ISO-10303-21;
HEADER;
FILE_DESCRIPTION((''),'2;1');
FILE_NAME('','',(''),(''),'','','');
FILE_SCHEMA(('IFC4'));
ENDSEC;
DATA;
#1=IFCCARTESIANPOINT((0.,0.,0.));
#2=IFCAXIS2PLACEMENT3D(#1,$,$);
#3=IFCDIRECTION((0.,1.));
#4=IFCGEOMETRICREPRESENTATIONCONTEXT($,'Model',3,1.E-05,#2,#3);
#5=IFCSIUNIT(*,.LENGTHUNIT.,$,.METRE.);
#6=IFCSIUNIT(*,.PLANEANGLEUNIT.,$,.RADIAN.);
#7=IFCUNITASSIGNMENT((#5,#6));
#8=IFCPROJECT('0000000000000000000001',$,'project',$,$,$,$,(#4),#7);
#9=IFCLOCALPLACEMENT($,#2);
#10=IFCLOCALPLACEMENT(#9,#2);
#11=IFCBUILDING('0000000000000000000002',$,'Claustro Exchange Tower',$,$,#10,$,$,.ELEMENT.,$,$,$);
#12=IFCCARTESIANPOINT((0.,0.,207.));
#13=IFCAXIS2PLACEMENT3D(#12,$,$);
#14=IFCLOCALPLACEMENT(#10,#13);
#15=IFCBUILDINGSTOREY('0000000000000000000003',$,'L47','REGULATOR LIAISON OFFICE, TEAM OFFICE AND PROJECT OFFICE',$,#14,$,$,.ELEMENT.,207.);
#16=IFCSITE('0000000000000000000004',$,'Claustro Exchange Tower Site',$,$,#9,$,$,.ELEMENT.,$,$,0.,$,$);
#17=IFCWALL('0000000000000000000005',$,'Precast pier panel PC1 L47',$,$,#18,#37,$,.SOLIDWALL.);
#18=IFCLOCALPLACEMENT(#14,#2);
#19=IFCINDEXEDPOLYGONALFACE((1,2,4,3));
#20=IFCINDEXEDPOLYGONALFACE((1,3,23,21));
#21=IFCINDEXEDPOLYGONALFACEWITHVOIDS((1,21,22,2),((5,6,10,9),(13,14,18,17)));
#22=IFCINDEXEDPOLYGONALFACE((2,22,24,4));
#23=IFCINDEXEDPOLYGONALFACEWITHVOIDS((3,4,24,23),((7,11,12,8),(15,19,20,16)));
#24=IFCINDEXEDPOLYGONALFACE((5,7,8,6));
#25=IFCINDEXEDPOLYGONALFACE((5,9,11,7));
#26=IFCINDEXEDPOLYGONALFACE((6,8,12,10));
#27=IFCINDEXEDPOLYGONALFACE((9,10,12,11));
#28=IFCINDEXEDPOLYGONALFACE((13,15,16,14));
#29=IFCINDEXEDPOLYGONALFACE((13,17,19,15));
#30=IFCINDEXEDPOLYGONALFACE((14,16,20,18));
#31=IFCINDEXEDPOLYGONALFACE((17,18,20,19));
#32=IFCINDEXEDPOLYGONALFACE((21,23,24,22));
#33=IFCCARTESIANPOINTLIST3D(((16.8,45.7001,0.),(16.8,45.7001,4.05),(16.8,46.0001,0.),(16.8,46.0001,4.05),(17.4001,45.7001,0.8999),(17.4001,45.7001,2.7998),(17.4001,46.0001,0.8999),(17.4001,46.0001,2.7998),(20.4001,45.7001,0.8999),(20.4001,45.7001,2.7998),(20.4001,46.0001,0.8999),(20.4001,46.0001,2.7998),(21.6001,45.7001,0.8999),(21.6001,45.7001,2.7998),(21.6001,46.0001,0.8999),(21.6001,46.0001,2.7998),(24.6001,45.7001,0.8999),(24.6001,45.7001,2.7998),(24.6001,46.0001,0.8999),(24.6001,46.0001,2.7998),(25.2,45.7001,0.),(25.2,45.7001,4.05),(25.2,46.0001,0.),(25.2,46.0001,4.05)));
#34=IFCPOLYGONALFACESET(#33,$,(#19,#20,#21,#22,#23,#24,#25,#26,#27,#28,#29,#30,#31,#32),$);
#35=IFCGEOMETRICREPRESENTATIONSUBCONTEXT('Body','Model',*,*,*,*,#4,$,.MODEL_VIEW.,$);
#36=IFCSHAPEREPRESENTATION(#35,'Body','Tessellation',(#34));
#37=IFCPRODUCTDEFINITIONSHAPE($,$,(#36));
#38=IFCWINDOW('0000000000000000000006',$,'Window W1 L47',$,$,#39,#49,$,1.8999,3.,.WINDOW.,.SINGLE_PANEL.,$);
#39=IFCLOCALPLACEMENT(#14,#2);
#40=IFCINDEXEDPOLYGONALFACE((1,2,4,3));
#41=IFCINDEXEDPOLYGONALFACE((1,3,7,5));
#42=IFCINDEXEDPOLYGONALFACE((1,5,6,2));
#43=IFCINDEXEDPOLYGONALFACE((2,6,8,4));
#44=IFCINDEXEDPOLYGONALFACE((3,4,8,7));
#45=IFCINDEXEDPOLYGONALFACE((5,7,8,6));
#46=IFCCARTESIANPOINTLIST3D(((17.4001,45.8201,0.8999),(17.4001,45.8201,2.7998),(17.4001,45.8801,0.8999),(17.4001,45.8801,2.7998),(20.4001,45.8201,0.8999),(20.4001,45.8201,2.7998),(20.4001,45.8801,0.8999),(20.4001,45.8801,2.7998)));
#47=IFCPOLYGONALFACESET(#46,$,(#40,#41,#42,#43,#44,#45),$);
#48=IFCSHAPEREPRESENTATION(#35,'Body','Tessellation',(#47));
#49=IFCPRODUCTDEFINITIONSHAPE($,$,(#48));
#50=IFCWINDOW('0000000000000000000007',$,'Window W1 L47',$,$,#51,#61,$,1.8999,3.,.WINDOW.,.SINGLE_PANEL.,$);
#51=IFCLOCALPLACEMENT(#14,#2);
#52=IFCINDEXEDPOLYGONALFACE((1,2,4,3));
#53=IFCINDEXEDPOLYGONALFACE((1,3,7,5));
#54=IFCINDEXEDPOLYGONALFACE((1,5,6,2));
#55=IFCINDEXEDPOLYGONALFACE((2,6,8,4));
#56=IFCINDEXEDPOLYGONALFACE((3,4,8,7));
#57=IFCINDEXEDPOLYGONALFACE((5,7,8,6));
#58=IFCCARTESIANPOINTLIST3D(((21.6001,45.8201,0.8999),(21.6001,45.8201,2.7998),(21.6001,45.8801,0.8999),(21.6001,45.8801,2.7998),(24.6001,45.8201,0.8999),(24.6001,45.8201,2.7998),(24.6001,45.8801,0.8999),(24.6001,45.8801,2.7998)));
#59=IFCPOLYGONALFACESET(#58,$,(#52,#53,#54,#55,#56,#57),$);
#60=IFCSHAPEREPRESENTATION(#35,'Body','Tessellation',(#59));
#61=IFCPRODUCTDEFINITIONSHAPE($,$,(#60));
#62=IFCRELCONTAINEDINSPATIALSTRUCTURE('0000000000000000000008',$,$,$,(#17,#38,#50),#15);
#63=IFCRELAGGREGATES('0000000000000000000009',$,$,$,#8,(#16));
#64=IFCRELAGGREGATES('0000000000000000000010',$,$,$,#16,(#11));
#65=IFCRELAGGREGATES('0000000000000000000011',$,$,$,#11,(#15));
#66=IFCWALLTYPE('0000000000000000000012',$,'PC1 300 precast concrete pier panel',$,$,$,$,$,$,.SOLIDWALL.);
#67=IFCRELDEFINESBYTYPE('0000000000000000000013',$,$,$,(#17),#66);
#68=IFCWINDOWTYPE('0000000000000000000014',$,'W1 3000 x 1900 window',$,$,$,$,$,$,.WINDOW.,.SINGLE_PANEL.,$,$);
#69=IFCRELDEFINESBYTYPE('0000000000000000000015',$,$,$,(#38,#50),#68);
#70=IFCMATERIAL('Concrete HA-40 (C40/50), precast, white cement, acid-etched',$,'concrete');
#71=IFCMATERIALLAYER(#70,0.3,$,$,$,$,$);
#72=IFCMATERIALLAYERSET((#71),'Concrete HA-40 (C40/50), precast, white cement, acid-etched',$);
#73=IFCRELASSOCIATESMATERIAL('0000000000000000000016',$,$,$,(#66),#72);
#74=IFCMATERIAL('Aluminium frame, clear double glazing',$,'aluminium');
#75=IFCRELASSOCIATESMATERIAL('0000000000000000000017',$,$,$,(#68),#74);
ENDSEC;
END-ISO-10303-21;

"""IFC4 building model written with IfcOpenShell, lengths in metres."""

from ifc_helpers import new_model, si_unit, direction, frame, frame_2d, origin, place, context, subcontext, project, spatial, rectangle, extrude, material, layer, layer_set, type_object, element, fill, save


model = new_model("IFC4")

# Units and contexts
model_context = context("Model", 3, precision=1e-05, world=origin(), true_north=direction((0.0, 1.0)))
body_context = subcontext(model_context, "Body", "Model", "MODEL_VIEW")
ifc_project = project(units=[si_unit("LENGTHUNIT", "METRE"), si_unit("PLANEANGLEUNIT", "RADIAN")], contexts=[model_context])

# Site, building, storey
site_placement = place(None, origin())
site = spatial("IfcSite", under=ifc_project, at=site_placement, Name="Claustro Exchange Tower Site", CompositionType="ELEMENT", RefElevation=0.0)
building_placement = place(site_placement, origin())
building = spatial("IfcBuilding", under=site, at=building_placement, Name="Claustro Exchange Tower", CompositionType="ELEMENT")
storey_placement = place(building_placement, frame((0.0, 0.0, 207.0)))
storey = spatial("IfcBuildingStorey", under=building, at=storey_placement, Name="L47", Description="REGULATOR LIAISON OFFICE, TEAM OFFICE AND PROJECT OFFICE", CompositionType="ELEMENT", Elevation=207.0)

# Wall, openings, windows
ifc_material_1 = material(Name="Concrete HA-40 (C40/50), precast, white cement, acid-etched", Category="concrete")
ifc_layer_1 = layer(ifc_material_1, 0.3)
ifc_layer_set_1 = layer_set([ifc_layer_1], Name="Concrete HA-40 (C40/50), precast, white cement, acid-etched")
wall_type_1 = type_object("IfcWallType", Name="PC1 300 precast concrete pier panel", PredefinedType="SOLIDWALL", material=ifc_layer_set_1)
wall_1_placement = place(storey_placement, frame((16.8, 45.8501, 0.0), z_axis=(0.0, 0.0, 1.0), x_axis=(1.0, 0.0, 0.0)))
wall_1 = element("IfcWall", 1, at=wall_1_placement, inside=storey, type_object=wall_type_1, Name="Precast pier panel PC1 L47", PredefinedType="SOLIDWALL", context=body_context, shape_type="SweptSolid", body=[
    extrude(rectangle(XDim=8.3999, YDim=0.3, at=frame_2d((4.2, 0.0))), origin(), (0.0, 0.0, 1.0), 4.05),
])
opening_1_placement = place(wall_1_placement, frame((0.6001, 0.0, 0.8999)))
opening_1 = element("IfcOpeningElement", 2, at=opening_1_placement, cuts=wall_1, PredefinedType="OPENING", context=body_context, shape_type="SweptSolid", body=[
    extrude(rectangle(XDim=3.0, YDim=1.8999, at=frame_2d((1.5, 0.95))), frame((0.0, 0.1599, 0.0), z_axis=(0.0, -1.0, 0.0), x_axis=(1.0, 0.0, 0.0)), (0.0, 0.0, 1.0), 0.3201),
])
opening_2_placement = place(wall_1_placement, frame((4.8, 0.0, 0.8999)))
opening_2 = element("IfcOpeningElement", 3, at=opening_2_placement, cuts=wall_1, PredefinedType="OPENING", context=body_context, shape_type="SweptSolid", body=[
    extrude(rectangle(XDim=3.0, YDim=1.8999, at=frame_2d((1.5, 0.95))), frame((0.0, 0.1599, 0.0), z_axis=(0.0, -1.0, 0.0), x_axis=(1.0, 0.0, 0.0)), (0.0, 0.0, 1.0), 0.3201),
])
ifc_material_2 = material(Name="Aluminium frame, clear double glazing", Category="aluminium")
window_type = type_object("IfcWindowType", Name="W1 3000 x 1900 window", PartitioningType="SINGLE_PANEL", PredefinedType="WINDOW", material=ifc_material_2)
window_1_placement = place(opening_1_placement, origin())
window_1 = element("IfcWindow", 4, at=window_1_placement, inside=storey, type_object=window_type, Name="Window W1 L47", OverallHeight=1.8999, OverallWidth=3.0, PartitioningType="SINGLE_PANEL", PredefinedType="WINDOW", context=body_context, shape_type="SweptSolid", body=[
    extrude(rectangle(XDim=3.0, YDim=1.8999, at=frame_2d((1.5, 0.95))), frame((0.0, 0.03, 0.0), z_axis=(0.0, -1.0, 0.0), x_axis=(1.0, 0.0, 0.0)), (0.0, 0.0, 1.0), 0.0601),
])
fill(opening_1, window_1)
window_2_placement = place(opening_2_placement, origin())
window_2 = element("IfcWindow", 5, at=window_2_placement, inside=storey, type_object=window_type, Name="Window W1 L47", OverallHeight=1.8999, OverallWidth=3.0, PartitioningType="SINGLE_PANEL", PredefinedType="WINDOW", context=body_context, shape_type="SweptSolid", body=[
    extrude(rectangle(XDim=3.0, YDim=1.8999, at=frame_2d((1.5, 0.95))), frame((0.0, 0.03, 0.0), z_axis=(0.0, -1.0, 0.0), x_axis=(1.0, 0.0, 0.0)), (0.0, 0.0, 1.0), 0.0601),
])
fill(opening_2, window_2)

save(model, "model.ifc")
